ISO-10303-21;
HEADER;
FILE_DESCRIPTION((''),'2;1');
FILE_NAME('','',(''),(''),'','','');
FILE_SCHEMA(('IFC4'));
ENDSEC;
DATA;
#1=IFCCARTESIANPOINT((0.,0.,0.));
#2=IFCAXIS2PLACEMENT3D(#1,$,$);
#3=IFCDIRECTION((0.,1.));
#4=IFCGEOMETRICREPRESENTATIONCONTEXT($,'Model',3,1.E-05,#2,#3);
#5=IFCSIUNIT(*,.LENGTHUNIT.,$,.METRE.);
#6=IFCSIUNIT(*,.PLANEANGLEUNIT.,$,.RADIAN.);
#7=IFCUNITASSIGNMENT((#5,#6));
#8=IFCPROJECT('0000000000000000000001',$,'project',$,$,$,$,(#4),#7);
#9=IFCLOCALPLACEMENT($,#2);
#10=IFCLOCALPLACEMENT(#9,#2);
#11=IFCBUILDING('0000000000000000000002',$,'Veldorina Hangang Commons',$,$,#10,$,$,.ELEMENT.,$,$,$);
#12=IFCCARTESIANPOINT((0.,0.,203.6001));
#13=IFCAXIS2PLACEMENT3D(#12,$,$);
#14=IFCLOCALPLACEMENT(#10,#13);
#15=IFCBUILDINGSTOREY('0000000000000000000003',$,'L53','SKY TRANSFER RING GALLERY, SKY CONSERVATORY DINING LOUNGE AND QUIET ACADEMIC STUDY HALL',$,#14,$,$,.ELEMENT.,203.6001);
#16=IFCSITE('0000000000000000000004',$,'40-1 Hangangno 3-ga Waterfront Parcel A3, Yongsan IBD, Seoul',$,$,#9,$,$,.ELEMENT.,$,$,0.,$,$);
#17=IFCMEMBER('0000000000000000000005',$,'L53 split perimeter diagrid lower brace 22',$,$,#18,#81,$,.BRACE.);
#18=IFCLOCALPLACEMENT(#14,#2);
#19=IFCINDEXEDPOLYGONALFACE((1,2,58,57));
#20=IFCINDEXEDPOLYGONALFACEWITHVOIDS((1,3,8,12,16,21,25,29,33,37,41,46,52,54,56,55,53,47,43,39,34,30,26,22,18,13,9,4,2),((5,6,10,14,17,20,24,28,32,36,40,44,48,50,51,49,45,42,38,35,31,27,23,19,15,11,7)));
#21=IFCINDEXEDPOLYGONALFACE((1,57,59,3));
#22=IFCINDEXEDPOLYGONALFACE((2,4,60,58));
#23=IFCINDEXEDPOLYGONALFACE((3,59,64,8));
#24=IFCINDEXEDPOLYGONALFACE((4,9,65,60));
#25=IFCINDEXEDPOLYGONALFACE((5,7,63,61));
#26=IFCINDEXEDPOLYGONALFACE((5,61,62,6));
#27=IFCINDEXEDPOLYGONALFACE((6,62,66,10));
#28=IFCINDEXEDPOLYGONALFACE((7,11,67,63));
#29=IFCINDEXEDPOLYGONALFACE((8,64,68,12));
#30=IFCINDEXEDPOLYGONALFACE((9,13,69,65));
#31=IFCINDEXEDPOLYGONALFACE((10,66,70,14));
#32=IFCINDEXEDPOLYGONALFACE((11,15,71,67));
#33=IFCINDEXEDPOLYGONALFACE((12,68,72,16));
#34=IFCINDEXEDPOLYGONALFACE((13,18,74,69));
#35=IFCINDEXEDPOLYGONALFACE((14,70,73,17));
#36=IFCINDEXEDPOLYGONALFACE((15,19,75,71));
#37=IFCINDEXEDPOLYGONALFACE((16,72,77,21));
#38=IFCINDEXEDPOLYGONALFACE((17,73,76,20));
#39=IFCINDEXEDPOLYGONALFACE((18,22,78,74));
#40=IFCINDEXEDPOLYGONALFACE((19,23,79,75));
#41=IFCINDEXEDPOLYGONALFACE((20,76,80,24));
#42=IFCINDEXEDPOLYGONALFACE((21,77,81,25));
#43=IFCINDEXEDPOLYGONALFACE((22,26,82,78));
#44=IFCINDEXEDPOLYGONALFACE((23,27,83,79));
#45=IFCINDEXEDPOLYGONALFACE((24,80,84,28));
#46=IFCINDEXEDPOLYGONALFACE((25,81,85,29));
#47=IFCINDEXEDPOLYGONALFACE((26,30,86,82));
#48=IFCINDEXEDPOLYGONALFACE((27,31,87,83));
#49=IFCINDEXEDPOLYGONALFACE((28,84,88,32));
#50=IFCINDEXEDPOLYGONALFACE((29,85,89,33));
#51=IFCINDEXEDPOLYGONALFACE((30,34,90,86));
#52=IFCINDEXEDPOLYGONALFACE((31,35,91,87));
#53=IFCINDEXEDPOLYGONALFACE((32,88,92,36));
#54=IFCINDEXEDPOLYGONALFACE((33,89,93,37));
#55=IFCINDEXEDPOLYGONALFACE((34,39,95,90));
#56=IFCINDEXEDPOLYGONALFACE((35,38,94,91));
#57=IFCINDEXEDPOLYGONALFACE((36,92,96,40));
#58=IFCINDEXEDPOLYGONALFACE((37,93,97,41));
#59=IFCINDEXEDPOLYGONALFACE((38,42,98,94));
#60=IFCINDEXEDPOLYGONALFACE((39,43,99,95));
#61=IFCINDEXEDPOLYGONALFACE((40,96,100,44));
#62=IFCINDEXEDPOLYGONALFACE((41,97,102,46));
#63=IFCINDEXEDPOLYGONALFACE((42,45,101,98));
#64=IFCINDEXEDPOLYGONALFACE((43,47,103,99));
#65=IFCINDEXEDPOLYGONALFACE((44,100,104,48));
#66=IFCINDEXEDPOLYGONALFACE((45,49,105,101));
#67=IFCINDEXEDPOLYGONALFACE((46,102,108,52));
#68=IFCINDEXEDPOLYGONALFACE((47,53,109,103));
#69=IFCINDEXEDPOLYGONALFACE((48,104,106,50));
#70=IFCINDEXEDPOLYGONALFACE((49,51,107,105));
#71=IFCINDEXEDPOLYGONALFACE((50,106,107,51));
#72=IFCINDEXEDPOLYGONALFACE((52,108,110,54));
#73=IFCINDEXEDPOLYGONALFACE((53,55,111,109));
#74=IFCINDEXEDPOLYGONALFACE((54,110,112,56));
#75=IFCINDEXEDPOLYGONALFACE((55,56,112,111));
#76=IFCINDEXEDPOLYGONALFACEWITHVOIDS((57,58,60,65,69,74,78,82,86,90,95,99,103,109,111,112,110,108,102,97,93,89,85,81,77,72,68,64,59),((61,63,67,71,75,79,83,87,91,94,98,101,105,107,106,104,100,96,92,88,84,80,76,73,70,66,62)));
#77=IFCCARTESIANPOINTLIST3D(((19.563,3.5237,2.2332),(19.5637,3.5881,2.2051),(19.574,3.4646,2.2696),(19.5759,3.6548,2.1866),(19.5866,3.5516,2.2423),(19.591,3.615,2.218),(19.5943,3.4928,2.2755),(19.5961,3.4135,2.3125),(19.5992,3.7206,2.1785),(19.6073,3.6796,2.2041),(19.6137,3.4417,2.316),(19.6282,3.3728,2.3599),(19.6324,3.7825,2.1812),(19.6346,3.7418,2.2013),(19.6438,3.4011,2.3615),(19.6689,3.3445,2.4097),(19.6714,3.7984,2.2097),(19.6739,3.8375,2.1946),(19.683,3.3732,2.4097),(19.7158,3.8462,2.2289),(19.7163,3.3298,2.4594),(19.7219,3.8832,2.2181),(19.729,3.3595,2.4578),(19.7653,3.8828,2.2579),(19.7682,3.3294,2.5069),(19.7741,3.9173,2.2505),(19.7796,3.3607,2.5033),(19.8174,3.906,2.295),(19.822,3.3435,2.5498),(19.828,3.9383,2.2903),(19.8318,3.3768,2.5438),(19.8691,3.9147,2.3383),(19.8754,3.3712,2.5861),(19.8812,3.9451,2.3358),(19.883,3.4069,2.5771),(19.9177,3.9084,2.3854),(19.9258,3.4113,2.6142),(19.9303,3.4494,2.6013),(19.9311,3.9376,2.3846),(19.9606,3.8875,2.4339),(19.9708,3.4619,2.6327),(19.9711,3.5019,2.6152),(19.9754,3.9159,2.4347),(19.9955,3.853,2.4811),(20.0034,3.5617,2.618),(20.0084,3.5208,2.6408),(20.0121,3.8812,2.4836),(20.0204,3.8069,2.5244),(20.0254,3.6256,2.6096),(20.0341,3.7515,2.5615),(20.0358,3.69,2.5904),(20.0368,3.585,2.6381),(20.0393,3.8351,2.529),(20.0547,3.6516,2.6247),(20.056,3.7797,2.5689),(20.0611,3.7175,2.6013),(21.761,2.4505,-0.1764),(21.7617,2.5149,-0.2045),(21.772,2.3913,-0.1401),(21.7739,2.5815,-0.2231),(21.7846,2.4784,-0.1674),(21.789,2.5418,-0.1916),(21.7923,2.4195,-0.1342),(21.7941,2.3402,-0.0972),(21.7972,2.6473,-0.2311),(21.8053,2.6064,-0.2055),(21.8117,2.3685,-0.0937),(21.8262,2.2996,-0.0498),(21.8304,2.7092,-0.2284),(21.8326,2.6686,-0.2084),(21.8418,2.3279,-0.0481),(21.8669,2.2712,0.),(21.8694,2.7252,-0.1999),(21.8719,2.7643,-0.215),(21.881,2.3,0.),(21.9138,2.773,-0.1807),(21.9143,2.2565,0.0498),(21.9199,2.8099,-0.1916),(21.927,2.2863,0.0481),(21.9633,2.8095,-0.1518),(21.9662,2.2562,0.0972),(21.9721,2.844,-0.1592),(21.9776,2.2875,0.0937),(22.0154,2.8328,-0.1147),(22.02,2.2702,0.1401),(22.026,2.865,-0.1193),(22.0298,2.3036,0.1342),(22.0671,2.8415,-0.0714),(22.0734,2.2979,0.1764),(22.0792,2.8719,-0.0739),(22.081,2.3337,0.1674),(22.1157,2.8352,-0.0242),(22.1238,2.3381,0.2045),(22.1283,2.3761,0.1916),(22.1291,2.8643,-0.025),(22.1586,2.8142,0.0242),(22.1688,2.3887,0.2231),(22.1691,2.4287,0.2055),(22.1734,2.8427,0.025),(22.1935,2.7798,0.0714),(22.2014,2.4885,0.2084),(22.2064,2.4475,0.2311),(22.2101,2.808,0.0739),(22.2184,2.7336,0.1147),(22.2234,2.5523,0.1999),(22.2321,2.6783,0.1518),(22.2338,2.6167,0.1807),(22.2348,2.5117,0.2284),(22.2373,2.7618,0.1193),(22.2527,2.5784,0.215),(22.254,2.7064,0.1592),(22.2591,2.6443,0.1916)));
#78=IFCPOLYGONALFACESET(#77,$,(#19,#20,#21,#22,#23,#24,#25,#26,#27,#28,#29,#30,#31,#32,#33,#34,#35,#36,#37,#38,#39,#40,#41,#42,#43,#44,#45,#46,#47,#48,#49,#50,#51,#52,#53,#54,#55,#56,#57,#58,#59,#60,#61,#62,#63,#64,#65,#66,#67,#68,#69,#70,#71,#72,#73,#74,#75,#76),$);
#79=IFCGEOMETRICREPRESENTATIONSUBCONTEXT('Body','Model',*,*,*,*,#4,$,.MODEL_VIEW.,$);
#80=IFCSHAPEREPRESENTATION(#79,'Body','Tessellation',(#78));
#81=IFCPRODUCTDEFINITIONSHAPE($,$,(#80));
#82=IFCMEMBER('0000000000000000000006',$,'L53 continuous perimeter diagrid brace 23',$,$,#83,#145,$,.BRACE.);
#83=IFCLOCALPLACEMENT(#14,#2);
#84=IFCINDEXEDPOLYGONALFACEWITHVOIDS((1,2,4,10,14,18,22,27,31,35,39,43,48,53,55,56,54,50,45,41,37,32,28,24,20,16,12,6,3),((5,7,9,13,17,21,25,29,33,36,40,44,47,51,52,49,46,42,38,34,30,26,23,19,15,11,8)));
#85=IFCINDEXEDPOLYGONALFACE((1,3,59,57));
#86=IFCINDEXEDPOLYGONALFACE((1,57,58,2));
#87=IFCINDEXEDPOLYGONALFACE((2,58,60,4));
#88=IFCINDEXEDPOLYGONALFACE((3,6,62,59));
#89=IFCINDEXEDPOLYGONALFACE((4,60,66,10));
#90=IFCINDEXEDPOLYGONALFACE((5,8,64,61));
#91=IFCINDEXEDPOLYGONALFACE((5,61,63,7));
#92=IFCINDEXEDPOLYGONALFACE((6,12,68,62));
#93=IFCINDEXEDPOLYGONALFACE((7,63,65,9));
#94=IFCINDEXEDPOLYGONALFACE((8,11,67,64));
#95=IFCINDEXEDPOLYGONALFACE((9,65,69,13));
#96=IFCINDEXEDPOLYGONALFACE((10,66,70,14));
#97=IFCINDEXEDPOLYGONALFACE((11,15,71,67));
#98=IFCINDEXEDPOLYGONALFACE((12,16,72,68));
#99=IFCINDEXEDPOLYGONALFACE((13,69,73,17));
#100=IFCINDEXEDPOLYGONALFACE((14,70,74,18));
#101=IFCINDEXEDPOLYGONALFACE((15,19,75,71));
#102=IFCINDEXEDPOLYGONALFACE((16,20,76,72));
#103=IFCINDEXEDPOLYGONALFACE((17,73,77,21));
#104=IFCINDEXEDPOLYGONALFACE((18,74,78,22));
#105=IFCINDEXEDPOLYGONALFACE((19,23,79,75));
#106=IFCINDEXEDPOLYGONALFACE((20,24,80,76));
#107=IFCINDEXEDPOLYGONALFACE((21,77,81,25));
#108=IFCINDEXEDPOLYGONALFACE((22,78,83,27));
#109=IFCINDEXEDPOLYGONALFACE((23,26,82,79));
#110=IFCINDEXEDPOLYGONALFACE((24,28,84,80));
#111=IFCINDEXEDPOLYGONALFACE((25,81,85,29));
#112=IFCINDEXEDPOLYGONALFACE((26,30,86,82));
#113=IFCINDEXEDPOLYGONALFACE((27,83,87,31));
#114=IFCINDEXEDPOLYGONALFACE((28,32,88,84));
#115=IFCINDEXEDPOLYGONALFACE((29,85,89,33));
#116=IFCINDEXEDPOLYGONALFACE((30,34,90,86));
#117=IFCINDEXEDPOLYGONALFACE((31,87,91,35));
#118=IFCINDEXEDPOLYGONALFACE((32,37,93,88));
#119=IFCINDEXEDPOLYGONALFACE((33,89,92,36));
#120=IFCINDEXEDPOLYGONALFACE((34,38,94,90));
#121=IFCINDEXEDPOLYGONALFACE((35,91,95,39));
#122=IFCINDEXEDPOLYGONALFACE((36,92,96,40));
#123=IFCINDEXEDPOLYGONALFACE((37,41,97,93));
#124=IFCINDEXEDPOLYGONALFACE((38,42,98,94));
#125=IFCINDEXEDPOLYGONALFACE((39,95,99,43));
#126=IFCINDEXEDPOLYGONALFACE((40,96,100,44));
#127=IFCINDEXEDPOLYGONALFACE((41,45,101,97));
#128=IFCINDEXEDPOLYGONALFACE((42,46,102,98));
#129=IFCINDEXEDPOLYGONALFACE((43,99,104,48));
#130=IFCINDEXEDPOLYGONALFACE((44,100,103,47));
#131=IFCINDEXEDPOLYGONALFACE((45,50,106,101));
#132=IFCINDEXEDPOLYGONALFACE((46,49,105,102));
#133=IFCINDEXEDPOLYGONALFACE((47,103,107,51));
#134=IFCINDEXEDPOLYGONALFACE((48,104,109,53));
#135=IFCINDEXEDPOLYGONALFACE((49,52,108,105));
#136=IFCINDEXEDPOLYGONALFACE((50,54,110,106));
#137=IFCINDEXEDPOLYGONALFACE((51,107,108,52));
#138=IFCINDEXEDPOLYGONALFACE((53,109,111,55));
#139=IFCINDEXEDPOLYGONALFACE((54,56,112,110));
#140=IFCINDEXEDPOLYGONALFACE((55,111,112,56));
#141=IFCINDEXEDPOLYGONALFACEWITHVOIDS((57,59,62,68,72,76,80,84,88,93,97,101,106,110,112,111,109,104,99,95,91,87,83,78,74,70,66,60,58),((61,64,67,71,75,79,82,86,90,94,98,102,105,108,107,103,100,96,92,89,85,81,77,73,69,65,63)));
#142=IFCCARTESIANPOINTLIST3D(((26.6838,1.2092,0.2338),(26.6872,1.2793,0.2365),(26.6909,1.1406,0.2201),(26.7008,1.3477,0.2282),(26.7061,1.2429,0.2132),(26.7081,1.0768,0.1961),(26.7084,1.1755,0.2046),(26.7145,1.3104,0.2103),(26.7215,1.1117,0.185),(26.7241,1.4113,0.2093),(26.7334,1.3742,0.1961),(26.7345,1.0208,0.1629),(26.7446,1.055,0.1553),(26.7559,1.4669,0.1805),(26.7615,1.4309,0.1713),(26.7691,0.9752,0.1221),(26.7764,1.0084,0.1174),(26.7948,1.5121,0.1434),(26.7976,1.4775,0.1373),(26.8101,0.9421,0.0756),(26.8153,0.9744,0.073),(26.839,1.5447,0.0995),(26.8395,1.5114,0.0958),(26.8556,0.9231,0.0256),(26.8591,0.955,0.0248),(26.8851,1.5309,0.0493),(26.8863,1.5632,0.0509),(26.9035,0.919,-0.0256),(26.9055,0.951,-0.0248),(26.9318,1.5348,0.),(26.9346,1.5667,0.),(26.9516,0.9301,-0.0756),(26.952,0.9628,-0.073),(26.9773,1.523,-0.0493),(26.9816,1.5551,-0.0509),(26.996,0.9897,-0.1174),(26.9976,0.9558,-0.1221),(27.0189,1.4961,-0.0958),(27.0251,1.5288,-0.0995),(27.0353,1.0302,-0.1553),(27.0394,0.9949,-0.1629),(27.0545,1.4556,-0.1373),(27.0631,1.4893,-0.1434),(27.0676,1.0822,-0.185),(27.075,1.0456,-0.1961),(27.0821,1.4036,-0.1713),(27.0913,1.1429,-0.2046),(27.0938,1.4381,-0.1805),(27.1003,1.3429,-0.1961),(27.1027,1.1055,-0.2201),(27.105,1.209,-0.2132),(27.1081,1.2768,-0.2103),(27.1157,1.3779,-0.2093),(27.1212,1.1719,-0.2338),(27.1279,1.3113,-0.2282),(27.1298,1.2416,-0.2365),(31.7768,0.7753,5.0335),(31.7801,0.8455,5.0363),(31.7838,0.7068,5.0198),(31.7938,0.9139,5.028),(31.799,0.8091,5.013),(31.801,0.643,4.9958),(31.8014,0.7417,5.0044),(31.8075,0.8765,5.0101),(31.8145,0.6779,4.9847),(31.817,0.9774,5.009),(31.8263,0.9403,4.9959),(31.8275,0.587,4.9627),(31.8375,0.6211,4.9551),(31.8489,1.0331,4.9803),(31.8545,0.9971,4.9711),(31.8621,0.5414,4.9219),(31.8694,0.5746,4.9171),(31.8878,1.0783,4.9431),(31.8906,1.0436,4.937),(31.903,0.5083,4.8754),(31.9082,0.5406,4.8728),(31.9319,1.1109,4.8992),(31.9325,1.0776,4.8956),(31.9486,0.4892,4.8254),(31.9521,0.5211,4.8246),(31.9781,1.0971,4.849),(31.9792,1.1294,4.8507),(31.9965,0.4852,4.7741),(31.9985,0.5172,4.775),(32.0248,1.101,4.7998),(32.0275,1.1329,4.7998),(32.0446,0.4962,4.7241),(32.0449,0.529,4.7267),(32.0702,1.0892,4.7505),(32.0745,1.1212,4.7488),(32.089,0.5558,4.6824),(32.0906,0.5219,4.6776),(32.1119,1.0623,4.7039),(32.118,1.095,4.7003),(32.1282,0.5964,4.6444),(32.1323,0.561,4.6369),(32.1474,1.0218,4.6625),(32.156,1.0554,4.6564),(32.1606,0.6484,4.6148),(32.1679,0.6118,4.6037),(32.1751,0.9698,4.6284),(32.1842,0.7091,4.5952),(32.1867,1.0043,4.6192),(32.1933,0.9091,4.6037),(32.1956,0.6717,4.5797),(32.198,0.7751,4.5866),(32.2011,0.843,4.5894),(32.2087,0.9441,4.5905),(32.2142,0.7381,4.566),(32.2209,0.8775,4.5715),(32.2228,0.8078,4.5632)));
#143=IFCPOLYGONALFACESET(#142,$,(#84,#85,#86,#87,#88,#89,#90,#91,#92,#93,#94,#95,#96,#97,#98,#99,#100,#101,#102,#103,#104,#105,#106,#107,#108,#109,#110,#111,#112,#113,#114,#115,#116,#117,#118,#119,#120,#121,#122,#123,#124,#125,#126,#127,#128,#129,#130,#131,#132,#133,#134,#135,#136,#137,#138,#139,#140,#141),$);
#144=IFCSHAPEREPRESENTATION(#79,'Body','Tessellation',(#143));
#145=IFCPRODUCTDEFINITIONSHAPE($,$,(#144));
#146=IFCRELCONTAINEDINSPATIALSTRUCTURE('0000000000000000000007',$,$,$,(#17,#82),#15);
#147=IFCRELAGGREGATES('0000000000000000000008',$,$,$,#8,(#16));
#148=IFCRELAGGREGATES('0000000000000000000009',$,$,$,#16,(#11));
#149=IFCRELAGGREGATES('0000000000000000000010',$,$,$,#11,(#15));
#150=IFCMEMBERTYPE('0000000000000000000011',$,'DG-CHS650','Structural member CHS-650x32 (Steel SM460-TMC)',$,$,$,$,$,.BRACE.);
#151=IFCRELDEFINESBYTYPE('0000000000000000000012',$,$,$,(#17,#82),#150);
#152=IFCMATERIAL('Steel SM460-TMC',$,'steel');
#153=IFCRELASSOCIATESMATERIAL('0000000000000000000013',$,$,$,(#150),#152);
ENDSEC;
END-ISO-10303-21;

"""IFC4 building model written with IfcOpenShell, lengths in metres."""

from ifc_helpers import new_model, si_unit, direction, frame, origin, origin_2d, place, context, subcontext, project, spatial, hollow_circle, extrude, material, material_profile, profile_set, type_object, element, save


model = new_model("IFC4")

# Units and contexts
model_context = context("Model", 3, precision=1e-05, world=origin(), true_north=direction((0.0, 1.0)))
body_context = subcontext(model_context, "Body", "Model", "MODEL_VIEW")
ifc_project = project(units=[si_unit("LENGTHUNIT", "METRE"), si_unit("PLANEANGLEUNIT", "RADIAN")], contexts=[model_context])

# Site, building, storey
site_placement = place(None, origin())
site = spatial("IfcSite", under=ifc_project, at=site_placement, Name="40-1 Hangangno 3-ga Waterfront Parcel A3, Yongsan IBD, Seoul", CompositionType="ELEMENT", RefElevation=0.0)
building_placement = place(site_placement, origin())
building = spatial("IfcBuilding", under=site, at=building_placement, Name="Veldorina Hangang Commons", CompositionType="ELEMENT")
storey_placement = place(building_placement, frame((0.0, 0.0, 203.6001)))
storey = spatial("IfcBuildingStorey", under=building, at=storey_placement, Name="L53", Description="SKY TRANSFER RING GALLERY, SKY CONSERVATORY DINING LOUNGE AND QUIET ACADEMIC STUDY HALL", CompositionType="ELEMENT", Elevation=203.6001)

# Members
ifc_material_1 = material(Name="Steel SM460-TMC", Category="steel")
ifc_material_profile_1 = material_profile(ifc_material_1, hollow_circle(Radius=0.325, WallThickness=0.032, at=origin_2d()), Name="CHS-650x32")
ifc_profile_set_1 = profile_set([ifc_material_profile_1], Name="Steel SM460-TMC")
member_type_1 = type_object("IfcMemberType", Name="DG-CHS650", Description="Structural member CHS-650x32 (Steel SM460-TMC)", PredefinedType="BRACE", material=ifc_profile_set_1)
member_1_placement = place(storey_placement, frame((22.0095, 2.5632, 0.0), z_axis=(-0.640146, 0.312571, 0.701792), x_axis=(-0.43877, -0.8986, 0.0)))
element("IfcMember", 1, at=member_1_placement, inside=storey, type_object=member_type_1, Name="L53 split perimeter diagrid lower brace 22", PredefinedType="BRACE", context=body_context, shape_type="SweptSolid", body=[
    extrude(hollow_circle(Radius=0.325, WallThickness=0.032, at=origin_2d()), origin(), (0.0, 0.0, 1.0), 3.4336),
])
member_2_placement = place(storey_placement, frame((26.907, 1.2429, 0.0), z_axis=(0.726351, -0.061873, 0.684534), x_axis=(0.084876, 0.996392, 0.0)))
element("IfcMember", 2, at=member_2_placement, inside=storey, type_object=member_type_1, Name="L53 continuous perimeter diagrid brace 23", PredefinedType="BRACE", context=body_context, shape_type="SweptSolid", body=[
    extrude(hollow_circle(Radius=0.325, WallThickness=0.032, at=origin_2d()), origin(), (0.0, 0.0, 1.0), 7.0117),
])

save(model, "model.ifc")
